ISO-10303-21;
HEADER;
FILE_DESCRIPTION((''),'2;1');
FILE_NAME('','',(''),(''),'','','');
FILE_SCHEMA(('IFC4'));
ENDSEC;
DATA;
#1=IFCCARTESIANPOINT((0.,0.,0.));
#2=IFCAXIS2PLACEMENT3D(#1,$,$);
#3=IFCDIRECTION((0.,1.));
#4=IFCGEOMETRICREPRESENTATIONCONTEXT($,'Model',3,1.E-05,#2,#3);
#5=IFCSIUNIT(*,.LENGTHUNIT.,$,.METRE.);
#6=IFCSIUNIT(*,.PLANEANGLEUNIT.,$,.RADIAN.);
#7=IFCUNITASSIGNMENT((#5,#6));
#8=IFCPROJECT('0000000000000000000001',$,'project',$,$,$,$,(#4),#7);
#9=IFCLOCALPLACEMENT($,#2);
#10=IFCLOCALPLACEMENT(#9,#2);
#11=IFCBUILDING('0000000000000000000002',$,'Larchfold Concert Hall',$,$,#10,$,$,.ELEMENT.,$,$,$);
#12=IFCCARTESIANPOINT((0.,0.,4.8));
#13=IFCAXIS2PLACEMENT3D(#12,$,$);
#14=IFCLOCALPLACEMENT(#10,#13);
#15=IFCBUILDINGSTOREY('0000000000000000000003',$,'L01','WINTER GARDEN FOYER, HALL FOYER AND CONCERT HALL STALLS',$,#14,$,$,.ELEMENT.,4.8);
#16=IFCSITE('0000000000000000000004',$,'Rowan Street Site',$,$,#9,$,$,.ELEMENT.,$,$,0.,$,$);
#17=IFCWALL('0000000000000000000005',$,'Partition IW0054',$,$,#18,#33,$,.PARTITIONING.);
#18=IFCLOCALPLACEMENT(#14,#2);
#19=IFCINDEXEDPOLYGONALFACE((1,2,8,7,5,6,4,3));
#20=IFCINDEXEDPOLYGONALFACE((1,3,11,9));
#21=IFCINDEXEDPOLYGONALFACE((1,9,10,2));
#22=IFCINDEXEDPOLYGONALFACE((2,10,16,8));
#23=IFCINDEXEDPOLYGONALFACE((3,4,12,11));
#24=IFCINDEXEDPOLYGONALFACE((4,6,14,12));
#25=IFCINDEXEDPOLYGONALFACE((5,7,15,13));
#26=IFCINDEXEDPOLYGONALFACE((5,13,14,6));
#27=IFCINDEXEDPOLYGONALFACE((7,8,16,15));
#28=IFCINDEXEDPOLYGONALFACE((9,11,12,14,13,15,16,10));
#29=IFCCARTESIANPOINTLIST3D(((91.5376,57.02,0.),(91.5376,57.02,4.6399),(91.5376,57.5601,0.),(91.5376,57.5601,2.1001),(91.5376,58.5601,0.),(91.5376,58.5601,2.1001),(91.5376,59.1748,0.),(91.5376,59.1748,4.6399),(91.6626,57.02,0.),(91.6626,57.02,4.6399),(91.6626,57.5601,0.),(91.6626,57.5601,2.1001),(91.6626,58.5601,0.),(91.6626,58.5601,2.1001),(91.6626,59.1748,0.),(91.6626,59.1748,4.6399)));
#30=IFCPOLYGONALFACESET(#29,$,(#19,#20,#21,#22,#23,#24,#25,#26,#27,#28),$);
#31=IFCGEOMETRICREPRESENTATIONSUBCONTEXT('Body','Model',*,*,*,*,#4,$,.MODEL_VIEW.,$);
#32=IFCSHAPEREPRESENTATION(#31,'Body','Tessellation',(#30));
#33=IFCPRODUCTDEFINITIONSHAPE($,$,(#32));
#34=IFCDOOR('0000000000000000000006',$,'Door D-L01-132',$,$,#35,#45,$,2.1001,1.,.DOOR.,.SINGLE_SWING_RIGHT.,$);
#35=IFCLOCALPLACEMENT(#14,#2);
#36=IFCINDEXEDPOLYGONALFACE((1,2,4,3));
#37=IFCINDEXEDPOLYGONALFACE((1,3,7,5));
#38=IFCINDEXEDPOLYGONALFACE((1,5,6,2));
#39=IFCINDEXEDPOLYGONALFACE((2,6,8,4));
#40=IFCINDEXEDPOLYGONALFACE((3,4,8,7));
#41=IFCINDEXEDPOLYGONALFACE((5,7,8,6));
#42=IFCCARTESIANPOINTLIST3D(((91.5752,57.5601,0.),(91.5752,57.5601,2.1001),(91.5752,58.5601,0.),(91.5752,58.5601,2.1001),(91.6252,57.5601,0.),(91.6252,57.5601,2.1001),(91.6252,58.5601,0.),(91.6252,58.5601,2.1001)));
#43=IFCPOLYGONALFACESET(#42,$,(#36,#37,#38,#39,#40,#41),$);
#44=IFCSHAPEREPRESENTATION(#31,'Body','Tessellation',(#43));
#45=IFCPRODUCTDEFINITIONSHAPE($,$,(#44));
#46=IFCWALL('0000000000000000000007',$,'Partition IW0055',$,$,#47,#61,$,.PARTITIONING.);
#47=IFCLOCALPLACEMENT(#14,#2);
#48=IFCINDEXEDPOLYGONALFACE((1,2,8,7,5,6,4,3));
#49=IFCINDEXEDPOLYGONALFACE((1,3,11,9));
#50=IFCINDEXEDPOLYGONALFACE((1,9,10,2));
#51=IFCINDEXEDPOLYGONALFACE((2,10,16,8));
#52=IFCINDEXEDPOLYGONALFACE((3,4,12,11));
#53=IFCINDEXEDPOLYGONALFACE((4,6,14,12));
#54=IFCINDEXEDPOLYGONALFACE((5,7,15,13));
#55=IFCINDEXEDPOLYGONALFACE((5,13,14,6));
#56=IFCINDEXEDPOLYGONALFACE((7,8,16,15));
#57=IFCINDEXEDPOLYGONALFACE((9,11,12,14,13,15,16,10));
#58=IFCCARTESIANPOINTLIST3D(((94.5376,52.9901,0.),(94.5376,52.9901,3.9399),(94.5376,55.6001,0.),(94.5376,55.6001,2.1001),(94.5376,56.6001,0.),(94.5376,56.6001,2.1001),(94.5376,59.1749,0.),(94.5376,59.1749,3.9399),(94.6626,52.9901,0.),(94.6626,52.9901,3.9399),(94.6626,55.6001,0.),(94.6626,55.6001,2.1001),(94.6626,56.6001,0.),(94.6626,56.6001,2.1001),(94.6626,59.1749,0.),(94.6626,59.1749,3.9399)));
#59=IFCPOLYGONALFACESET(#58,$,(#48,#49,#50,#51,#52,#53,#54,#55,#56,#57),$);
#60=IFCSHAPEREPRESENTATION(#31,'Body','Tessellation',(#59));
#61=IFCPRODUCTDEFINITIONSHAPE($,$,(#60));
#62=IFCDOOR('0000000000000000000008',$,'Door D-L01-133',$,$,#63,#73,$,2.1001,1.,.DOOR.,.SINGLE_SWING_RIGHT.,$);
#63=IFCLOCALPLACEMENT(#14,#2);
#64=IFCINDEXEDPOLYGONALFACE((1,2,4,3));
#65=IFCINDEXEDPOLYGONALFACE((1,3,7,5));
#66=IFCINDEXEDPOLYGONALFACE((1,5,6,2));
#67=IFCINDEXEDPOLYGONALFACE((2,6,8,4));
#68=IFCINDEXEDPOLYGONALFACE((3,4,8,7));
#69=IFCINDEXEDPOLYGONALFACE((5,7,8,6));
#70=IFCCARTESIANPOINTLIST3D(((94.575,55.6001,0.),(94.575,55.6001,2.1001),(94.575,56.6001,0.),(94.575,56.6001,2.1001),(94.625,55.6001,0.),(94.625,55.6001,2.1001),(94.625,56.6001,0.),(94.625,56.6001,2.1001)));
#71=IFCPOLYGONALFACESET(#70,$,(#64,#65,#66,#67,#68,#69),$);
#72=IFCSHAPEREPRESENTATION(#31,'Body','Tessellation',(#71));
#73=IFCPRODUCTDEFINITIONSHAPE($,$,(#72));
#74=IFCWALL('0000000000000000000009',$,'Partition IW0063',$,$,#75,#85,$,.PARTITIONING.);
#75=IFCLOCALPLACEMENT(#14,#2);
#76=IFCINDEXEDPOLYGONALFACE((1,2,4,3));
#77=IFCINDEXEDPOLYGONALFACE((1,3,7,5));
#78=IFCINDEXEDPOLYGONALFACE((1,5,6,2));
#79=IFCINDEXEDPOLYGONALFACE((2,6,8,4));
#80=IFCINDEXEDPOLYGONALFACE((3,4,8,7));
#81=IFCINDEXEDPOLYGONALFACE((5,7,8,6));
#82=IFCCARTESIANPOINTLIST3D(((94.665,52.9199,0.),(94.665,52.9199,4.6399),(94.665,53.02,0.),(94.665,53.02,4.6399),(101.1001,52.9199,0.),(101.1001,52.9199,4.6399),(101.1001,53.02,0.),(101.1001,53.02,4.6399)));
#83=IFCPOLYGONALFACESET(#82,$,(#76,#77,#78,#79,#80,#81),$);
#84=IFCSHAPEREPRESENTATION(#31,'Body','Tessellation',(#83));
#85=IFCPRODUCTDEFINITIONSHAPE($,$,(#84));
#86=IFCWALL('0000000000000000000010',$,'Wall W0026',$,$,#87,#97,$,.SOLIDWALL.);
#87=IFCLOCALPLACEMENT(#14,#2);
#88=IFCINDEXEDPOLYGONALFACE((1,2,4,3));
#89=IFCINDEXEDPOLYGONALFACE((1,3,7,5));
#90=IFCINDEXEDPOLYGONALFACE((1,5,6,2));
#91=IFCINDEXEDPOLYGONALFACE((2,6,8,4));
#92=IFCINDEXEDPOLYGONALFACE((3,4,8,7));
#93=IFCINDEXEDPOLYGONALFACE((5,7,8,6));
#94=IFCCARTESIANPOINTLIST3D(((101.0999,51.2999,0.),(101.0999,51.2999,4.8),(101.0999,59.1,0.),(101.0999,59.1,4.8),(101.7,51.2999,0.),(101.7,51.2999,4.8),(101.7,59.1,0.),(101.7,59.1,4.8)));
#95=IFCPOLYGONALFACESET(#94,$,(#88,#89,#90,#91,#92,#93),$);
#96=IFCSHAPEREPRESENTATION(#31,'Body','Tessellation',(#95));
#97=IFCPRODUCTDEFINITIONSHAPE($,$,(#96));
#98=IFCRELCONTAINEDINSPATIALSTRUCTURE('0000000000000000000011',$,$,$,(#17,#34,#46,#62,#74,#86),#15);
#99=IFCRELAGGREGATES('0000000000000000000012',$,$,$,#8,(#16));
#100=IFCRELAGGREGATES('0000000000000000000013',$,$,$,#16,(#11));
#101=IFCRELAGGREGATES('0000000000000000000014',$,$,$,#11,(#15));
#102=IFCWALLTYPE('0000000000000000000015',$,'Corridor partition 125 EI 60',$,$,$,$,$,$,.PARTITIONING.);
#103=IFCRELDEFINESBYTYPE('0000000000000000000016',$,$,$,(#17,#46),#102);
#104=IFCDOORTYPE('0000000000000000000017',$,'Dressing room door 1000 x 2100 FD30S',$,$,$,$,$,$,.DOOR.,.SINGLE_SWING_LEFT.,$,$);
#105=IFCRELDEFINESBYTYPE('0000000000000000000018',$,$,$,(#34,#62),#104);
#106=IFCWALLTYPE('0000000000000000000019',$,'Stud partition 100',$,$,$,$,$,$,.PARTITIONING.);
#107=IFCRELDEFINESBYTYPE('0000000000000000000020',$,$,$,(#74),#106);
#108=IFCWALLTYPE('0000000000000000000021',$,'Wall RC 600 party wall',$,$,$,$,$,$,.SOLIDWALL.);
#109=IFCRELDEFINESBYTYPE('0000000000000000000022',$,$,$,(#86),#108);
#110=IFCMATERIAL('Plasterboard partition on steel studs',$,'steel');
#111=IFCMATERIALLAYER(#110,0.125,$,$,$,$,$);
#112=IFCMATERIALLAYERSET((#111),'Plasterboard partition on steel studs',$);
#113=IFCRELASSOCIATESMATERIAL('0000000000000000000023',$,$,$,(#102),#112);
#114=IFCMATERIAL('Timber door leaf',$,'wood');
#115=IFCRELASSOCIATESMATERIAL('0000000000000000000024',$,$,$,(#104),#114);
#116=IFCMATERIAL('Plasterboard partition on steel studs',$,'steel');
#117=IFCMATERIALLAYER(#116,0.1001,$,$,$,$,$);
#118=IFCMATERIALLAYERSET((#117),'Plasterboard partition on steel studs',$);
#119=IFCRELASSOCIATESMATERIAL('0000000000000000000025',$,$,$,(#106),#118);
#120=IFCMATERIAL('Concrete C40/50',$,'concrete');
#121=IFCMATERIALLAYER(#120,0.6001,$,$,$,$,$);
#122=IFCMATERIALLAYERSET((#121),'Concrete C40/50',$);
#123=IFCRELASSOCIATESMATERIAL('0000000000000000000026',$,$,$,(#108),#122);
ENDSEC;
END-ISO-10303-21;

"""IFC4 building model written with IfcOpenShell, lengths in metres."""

from ifc_helpers import new_model, si_unit, direction, frame, frame_2d, origin, place, context, subcontext, project, spatial, rectangle, extrude, material, layer, layer_set, type_object, element, fill, save


model = new_model("IFC4")

# Units and contexts
model_context = context("Model", 3, precision=1e-05, world=origin(), true_north=direction((0.0, 1.0)))
body_context = subcontext(model_context, "Body", "Model", "MODEL_VIEW")
ifc_project = project(units=[si_unit("LENGTHUNIT", "METRE"), si_unit("PLANEANGLEUNIT", "RADIAN")], contexts=[model_context])

# Site, building, storey
site_placement = place(None, origin())
site = spatial("IfcSite", under=ifc_project, at=site_placement, Name="Rowan Street Site", CompositionType="ELEMENT", RefElevation=0.0)
building_placement = place(site_placement, origin())
building = spatial("IfcBuilding", under=site, at=building_placement, Name="Larchfold Concert Hall", CompositionType="ELEMENT")
storey_placement = place(building_placement, frame((0.0, 0.0, 4.8)))
storey = spatial("IfcBuildingStorey", under=building, at=storey_placement, Name="L01", Description="WINTER GARDEN FOYER, HALL FOYER AND CONCERT HALL STALLS", CompositionType="ELEMENT", Elevation=4.8)

# Walls, openings, doors
ifc_material_1 = material(Name="Plasterboard partition on steel studs", Category="steel")
ifc_layer_1 = layer(ifc_material_1, 0.125)
ifc_layer_set_1 = layer_set([ifc_layer_1], Name="Plasterboard partition on steel studs")
wall_type_1 = type_object("IfcWallType", Name="Corridor partition 125 EI 60", PredefinedType="PARTITIONING", material=ifc_layer_set_1)
ifc_material_2 = material(Name="Timber door leaf", Category="wood")
door_type = type_object("IfcDoorType", Name="Dressing room door 1000 x 2100 FD30S", OperationType="SINGLE_SWING_LEFT", PredefinedType="DOOR", material=ifc_material_2)
wall_1_placement = place(storey_placement, frame((91.6001, 57.02, 0.0), z_axis=(0.0, 0.0, 1.0), x_axis=(0.0, 1.0, 0.0)))
wall_1 = element("IfcWall", 1, at=wall_1_placement, inside=storey, type_object=wall_type_1, Name="Partition IW0054", PredefinedType="PARTITIONING", context=body_context, shape_type="SweptSolid", body=[
    extrude(rectangle(XDim=2.1548, YDim=0.125, at=frame_2d((1.0774, 0.0))), origin(), (0.0, 0.0, 1.0), 4.6399),
])
opening_1_placement = place(wall_1_placement, frame((0.54, 0.0, 0.0)))
opening_1 = element("IfcOpeningElement", 2, at=opening_1_placement, cuts=wall_1, PredefinedType="OPENING", context=body_context, shape_type="SweptSolid", body=[
    extrude(rectangle(XDim=1.0, YDim=2.1001, at=frame_2d((0.5, 1.05))), frame((0.0, 0.0725, 0.0), z_axis=(0.0, -1.0, 0.0), x_axis=(1.0, 0.0, 0.0)), (0.0, 0.0, 1.0), 0.145),
])
door_1_placement = place(opening_1_placement, origin())
door_1 = element("IfcDoor", 3, at=door_1_placement, inside=storey, type_object=door_type, Name="Door D-L01-132", OperationType="SINGLE_SWING_RIGHT", OverallHeight=2.1001, OverallWidth=1.0, PredefinedType="DOOR", context=body_context, shape_type="SweptSolid", body=[
    extrude(rectangle(XDim=1.0, YDim=2.1001, at=frame_2d((0.5, 1.05))), frame((0.0, 0.0249, 0.0), z_axis=(0.0, -1.0, 0.0), x_axis=(1.0, 0.0, 0.0)), (0.0, 0.0, 1.0), 0.05),
])
fill(opening_1, door_1)
wall_2_placement = place(storey_placement, frame((94.6001, 59.1748, 0.0), z_axis=(0.0, 0.0, 1.0), x_axis=(0.0, -1.0, 0.0)))
wall_2 = element("IfcWall", 4, at=wall_2_placement, inside=storey, type_object=wall_type_1, Name="Partition IW0055", PredefinedType="PARTITIONING", context=body_context, shape_type="SweptSolid", body=[
    extrude(rectangle(XDim=6.1848, YDim=0.125, at=frame_2d((3.0923, 0.0))), origin(), (0.0, 0.0, 1.0), 3.9399),
])
opening_2_placement = place(wall_2_placement, frame((2.5747, 0.0, 0.0)))
opening_2 = element("IfcOpeningElement", 5, at=opening_2_placement, cuts=wall_2, PredefinedType="OPENING", context=body_context, shape_type="SweptSolid", body=[
    extrude(rectangle(XDim=1.0, YDim=2.1001, at=frame_2d((0.5, 1.05))), frame((0.0, 0.0725, 0.0), z_axis=(0.0, -1.0, 0.0), x_axis=(1.0, 0.0, 0.0)), (0.0, 0.0, 1.0), 0.145),
])
door_2_placement = place(opening_2_placement, origin())
door_2 = element("IfcDoor", 6, at=door_2_placement, inside=storey, type_object=door_type, Name="Door D-L01-133", OperationType="SINGLE_SWING_RIGHT", OverallHeight=2.1001, OverallWidth=1.0, PredefinedType="DOOR", context=body_context, shape_type="SweptSolid", body=[
    extrude(rectangle(XDim=1.0, YDim=2.1001, at=frame_2d((0.5, 1.05))), frame((0.0, 0.0249, 0.0), z_axis=(0.0, -1.0, 0.0), x_axis=(1.0, 0.0, 0.0)), (0.0, 0.0, 1.0), 0.05),
])
fill(opening_2, door_2)

# Walls
ifc_material_3 = material(Name="Plasterboard partition on steel studs", Category="steel")
ifc_layer_2 = layer(ifc_material_3, 0.1001)
ifc_layer_set_2 = layer_set([ifc_layer_2], Name="Plasterboard partition on steel studs")
wall_type_2 = type_object("IfcWallType", Name="Stud partition 100", PredefinedType="PARTITIONING", material=ifc_layer_set_2)
wall_3_placement = place(storey_placement, frame((94.665, 52.97, 0.0), z_axis=(0.0, 0.0, 1.0), x_axis=(1.0, 0.0, 0.0)))
element("IfcWall", 7, at=wall_3_placement, inside=storey, type_object=wall_type_2, Name="Partition IW0063", PredefinedType="PARTITIONING", context=body_context, shape_type="SweptSolid", body=[
    extrude(rectangle(XDim=6.4351, YDim=0.1001, at=frame_2d((3.2175, 0.0))), origin(), (0.0, 0.0, 1.0), 4.6399),
])
ifc_material_4 = material(Name="Concrete C40/50", Category="concrete")
ifc_layer_3 = layer(ifc_material_4, 0.6001)
ifc_layer_set_3 = layer_set([ifc_layer_3], Name="Concrete C40/50")
wall_type_3 = type_object("IfcWallType", Name="Wall RC 600 party wall", PredefinedType="SOLIDWALL", material=ifc_layer_set_3)
wall_4_placement = place(storey_placement, frame((101.3999, 51.3, 0.0), z_axis=(0.0, 0.0, 1.0), x_axis=(0.0, 1.0, 0.0)))
element("IfcWall", 8, at=wall_4_placement, inside=storey, type_object=wall_type_3, Name="Wall W0026", PredefinedType="SOLIDWALL", context=body_context, shape_type="SweptSolid", body=[
    extrude(rectangle(XDim=7.8, YDim=0.6001, at=frame_2d((3.8999, 0.0))), origin(), (0.0, 0.0, 1.0), 4.8),
])

save(model, "model.ifc")
